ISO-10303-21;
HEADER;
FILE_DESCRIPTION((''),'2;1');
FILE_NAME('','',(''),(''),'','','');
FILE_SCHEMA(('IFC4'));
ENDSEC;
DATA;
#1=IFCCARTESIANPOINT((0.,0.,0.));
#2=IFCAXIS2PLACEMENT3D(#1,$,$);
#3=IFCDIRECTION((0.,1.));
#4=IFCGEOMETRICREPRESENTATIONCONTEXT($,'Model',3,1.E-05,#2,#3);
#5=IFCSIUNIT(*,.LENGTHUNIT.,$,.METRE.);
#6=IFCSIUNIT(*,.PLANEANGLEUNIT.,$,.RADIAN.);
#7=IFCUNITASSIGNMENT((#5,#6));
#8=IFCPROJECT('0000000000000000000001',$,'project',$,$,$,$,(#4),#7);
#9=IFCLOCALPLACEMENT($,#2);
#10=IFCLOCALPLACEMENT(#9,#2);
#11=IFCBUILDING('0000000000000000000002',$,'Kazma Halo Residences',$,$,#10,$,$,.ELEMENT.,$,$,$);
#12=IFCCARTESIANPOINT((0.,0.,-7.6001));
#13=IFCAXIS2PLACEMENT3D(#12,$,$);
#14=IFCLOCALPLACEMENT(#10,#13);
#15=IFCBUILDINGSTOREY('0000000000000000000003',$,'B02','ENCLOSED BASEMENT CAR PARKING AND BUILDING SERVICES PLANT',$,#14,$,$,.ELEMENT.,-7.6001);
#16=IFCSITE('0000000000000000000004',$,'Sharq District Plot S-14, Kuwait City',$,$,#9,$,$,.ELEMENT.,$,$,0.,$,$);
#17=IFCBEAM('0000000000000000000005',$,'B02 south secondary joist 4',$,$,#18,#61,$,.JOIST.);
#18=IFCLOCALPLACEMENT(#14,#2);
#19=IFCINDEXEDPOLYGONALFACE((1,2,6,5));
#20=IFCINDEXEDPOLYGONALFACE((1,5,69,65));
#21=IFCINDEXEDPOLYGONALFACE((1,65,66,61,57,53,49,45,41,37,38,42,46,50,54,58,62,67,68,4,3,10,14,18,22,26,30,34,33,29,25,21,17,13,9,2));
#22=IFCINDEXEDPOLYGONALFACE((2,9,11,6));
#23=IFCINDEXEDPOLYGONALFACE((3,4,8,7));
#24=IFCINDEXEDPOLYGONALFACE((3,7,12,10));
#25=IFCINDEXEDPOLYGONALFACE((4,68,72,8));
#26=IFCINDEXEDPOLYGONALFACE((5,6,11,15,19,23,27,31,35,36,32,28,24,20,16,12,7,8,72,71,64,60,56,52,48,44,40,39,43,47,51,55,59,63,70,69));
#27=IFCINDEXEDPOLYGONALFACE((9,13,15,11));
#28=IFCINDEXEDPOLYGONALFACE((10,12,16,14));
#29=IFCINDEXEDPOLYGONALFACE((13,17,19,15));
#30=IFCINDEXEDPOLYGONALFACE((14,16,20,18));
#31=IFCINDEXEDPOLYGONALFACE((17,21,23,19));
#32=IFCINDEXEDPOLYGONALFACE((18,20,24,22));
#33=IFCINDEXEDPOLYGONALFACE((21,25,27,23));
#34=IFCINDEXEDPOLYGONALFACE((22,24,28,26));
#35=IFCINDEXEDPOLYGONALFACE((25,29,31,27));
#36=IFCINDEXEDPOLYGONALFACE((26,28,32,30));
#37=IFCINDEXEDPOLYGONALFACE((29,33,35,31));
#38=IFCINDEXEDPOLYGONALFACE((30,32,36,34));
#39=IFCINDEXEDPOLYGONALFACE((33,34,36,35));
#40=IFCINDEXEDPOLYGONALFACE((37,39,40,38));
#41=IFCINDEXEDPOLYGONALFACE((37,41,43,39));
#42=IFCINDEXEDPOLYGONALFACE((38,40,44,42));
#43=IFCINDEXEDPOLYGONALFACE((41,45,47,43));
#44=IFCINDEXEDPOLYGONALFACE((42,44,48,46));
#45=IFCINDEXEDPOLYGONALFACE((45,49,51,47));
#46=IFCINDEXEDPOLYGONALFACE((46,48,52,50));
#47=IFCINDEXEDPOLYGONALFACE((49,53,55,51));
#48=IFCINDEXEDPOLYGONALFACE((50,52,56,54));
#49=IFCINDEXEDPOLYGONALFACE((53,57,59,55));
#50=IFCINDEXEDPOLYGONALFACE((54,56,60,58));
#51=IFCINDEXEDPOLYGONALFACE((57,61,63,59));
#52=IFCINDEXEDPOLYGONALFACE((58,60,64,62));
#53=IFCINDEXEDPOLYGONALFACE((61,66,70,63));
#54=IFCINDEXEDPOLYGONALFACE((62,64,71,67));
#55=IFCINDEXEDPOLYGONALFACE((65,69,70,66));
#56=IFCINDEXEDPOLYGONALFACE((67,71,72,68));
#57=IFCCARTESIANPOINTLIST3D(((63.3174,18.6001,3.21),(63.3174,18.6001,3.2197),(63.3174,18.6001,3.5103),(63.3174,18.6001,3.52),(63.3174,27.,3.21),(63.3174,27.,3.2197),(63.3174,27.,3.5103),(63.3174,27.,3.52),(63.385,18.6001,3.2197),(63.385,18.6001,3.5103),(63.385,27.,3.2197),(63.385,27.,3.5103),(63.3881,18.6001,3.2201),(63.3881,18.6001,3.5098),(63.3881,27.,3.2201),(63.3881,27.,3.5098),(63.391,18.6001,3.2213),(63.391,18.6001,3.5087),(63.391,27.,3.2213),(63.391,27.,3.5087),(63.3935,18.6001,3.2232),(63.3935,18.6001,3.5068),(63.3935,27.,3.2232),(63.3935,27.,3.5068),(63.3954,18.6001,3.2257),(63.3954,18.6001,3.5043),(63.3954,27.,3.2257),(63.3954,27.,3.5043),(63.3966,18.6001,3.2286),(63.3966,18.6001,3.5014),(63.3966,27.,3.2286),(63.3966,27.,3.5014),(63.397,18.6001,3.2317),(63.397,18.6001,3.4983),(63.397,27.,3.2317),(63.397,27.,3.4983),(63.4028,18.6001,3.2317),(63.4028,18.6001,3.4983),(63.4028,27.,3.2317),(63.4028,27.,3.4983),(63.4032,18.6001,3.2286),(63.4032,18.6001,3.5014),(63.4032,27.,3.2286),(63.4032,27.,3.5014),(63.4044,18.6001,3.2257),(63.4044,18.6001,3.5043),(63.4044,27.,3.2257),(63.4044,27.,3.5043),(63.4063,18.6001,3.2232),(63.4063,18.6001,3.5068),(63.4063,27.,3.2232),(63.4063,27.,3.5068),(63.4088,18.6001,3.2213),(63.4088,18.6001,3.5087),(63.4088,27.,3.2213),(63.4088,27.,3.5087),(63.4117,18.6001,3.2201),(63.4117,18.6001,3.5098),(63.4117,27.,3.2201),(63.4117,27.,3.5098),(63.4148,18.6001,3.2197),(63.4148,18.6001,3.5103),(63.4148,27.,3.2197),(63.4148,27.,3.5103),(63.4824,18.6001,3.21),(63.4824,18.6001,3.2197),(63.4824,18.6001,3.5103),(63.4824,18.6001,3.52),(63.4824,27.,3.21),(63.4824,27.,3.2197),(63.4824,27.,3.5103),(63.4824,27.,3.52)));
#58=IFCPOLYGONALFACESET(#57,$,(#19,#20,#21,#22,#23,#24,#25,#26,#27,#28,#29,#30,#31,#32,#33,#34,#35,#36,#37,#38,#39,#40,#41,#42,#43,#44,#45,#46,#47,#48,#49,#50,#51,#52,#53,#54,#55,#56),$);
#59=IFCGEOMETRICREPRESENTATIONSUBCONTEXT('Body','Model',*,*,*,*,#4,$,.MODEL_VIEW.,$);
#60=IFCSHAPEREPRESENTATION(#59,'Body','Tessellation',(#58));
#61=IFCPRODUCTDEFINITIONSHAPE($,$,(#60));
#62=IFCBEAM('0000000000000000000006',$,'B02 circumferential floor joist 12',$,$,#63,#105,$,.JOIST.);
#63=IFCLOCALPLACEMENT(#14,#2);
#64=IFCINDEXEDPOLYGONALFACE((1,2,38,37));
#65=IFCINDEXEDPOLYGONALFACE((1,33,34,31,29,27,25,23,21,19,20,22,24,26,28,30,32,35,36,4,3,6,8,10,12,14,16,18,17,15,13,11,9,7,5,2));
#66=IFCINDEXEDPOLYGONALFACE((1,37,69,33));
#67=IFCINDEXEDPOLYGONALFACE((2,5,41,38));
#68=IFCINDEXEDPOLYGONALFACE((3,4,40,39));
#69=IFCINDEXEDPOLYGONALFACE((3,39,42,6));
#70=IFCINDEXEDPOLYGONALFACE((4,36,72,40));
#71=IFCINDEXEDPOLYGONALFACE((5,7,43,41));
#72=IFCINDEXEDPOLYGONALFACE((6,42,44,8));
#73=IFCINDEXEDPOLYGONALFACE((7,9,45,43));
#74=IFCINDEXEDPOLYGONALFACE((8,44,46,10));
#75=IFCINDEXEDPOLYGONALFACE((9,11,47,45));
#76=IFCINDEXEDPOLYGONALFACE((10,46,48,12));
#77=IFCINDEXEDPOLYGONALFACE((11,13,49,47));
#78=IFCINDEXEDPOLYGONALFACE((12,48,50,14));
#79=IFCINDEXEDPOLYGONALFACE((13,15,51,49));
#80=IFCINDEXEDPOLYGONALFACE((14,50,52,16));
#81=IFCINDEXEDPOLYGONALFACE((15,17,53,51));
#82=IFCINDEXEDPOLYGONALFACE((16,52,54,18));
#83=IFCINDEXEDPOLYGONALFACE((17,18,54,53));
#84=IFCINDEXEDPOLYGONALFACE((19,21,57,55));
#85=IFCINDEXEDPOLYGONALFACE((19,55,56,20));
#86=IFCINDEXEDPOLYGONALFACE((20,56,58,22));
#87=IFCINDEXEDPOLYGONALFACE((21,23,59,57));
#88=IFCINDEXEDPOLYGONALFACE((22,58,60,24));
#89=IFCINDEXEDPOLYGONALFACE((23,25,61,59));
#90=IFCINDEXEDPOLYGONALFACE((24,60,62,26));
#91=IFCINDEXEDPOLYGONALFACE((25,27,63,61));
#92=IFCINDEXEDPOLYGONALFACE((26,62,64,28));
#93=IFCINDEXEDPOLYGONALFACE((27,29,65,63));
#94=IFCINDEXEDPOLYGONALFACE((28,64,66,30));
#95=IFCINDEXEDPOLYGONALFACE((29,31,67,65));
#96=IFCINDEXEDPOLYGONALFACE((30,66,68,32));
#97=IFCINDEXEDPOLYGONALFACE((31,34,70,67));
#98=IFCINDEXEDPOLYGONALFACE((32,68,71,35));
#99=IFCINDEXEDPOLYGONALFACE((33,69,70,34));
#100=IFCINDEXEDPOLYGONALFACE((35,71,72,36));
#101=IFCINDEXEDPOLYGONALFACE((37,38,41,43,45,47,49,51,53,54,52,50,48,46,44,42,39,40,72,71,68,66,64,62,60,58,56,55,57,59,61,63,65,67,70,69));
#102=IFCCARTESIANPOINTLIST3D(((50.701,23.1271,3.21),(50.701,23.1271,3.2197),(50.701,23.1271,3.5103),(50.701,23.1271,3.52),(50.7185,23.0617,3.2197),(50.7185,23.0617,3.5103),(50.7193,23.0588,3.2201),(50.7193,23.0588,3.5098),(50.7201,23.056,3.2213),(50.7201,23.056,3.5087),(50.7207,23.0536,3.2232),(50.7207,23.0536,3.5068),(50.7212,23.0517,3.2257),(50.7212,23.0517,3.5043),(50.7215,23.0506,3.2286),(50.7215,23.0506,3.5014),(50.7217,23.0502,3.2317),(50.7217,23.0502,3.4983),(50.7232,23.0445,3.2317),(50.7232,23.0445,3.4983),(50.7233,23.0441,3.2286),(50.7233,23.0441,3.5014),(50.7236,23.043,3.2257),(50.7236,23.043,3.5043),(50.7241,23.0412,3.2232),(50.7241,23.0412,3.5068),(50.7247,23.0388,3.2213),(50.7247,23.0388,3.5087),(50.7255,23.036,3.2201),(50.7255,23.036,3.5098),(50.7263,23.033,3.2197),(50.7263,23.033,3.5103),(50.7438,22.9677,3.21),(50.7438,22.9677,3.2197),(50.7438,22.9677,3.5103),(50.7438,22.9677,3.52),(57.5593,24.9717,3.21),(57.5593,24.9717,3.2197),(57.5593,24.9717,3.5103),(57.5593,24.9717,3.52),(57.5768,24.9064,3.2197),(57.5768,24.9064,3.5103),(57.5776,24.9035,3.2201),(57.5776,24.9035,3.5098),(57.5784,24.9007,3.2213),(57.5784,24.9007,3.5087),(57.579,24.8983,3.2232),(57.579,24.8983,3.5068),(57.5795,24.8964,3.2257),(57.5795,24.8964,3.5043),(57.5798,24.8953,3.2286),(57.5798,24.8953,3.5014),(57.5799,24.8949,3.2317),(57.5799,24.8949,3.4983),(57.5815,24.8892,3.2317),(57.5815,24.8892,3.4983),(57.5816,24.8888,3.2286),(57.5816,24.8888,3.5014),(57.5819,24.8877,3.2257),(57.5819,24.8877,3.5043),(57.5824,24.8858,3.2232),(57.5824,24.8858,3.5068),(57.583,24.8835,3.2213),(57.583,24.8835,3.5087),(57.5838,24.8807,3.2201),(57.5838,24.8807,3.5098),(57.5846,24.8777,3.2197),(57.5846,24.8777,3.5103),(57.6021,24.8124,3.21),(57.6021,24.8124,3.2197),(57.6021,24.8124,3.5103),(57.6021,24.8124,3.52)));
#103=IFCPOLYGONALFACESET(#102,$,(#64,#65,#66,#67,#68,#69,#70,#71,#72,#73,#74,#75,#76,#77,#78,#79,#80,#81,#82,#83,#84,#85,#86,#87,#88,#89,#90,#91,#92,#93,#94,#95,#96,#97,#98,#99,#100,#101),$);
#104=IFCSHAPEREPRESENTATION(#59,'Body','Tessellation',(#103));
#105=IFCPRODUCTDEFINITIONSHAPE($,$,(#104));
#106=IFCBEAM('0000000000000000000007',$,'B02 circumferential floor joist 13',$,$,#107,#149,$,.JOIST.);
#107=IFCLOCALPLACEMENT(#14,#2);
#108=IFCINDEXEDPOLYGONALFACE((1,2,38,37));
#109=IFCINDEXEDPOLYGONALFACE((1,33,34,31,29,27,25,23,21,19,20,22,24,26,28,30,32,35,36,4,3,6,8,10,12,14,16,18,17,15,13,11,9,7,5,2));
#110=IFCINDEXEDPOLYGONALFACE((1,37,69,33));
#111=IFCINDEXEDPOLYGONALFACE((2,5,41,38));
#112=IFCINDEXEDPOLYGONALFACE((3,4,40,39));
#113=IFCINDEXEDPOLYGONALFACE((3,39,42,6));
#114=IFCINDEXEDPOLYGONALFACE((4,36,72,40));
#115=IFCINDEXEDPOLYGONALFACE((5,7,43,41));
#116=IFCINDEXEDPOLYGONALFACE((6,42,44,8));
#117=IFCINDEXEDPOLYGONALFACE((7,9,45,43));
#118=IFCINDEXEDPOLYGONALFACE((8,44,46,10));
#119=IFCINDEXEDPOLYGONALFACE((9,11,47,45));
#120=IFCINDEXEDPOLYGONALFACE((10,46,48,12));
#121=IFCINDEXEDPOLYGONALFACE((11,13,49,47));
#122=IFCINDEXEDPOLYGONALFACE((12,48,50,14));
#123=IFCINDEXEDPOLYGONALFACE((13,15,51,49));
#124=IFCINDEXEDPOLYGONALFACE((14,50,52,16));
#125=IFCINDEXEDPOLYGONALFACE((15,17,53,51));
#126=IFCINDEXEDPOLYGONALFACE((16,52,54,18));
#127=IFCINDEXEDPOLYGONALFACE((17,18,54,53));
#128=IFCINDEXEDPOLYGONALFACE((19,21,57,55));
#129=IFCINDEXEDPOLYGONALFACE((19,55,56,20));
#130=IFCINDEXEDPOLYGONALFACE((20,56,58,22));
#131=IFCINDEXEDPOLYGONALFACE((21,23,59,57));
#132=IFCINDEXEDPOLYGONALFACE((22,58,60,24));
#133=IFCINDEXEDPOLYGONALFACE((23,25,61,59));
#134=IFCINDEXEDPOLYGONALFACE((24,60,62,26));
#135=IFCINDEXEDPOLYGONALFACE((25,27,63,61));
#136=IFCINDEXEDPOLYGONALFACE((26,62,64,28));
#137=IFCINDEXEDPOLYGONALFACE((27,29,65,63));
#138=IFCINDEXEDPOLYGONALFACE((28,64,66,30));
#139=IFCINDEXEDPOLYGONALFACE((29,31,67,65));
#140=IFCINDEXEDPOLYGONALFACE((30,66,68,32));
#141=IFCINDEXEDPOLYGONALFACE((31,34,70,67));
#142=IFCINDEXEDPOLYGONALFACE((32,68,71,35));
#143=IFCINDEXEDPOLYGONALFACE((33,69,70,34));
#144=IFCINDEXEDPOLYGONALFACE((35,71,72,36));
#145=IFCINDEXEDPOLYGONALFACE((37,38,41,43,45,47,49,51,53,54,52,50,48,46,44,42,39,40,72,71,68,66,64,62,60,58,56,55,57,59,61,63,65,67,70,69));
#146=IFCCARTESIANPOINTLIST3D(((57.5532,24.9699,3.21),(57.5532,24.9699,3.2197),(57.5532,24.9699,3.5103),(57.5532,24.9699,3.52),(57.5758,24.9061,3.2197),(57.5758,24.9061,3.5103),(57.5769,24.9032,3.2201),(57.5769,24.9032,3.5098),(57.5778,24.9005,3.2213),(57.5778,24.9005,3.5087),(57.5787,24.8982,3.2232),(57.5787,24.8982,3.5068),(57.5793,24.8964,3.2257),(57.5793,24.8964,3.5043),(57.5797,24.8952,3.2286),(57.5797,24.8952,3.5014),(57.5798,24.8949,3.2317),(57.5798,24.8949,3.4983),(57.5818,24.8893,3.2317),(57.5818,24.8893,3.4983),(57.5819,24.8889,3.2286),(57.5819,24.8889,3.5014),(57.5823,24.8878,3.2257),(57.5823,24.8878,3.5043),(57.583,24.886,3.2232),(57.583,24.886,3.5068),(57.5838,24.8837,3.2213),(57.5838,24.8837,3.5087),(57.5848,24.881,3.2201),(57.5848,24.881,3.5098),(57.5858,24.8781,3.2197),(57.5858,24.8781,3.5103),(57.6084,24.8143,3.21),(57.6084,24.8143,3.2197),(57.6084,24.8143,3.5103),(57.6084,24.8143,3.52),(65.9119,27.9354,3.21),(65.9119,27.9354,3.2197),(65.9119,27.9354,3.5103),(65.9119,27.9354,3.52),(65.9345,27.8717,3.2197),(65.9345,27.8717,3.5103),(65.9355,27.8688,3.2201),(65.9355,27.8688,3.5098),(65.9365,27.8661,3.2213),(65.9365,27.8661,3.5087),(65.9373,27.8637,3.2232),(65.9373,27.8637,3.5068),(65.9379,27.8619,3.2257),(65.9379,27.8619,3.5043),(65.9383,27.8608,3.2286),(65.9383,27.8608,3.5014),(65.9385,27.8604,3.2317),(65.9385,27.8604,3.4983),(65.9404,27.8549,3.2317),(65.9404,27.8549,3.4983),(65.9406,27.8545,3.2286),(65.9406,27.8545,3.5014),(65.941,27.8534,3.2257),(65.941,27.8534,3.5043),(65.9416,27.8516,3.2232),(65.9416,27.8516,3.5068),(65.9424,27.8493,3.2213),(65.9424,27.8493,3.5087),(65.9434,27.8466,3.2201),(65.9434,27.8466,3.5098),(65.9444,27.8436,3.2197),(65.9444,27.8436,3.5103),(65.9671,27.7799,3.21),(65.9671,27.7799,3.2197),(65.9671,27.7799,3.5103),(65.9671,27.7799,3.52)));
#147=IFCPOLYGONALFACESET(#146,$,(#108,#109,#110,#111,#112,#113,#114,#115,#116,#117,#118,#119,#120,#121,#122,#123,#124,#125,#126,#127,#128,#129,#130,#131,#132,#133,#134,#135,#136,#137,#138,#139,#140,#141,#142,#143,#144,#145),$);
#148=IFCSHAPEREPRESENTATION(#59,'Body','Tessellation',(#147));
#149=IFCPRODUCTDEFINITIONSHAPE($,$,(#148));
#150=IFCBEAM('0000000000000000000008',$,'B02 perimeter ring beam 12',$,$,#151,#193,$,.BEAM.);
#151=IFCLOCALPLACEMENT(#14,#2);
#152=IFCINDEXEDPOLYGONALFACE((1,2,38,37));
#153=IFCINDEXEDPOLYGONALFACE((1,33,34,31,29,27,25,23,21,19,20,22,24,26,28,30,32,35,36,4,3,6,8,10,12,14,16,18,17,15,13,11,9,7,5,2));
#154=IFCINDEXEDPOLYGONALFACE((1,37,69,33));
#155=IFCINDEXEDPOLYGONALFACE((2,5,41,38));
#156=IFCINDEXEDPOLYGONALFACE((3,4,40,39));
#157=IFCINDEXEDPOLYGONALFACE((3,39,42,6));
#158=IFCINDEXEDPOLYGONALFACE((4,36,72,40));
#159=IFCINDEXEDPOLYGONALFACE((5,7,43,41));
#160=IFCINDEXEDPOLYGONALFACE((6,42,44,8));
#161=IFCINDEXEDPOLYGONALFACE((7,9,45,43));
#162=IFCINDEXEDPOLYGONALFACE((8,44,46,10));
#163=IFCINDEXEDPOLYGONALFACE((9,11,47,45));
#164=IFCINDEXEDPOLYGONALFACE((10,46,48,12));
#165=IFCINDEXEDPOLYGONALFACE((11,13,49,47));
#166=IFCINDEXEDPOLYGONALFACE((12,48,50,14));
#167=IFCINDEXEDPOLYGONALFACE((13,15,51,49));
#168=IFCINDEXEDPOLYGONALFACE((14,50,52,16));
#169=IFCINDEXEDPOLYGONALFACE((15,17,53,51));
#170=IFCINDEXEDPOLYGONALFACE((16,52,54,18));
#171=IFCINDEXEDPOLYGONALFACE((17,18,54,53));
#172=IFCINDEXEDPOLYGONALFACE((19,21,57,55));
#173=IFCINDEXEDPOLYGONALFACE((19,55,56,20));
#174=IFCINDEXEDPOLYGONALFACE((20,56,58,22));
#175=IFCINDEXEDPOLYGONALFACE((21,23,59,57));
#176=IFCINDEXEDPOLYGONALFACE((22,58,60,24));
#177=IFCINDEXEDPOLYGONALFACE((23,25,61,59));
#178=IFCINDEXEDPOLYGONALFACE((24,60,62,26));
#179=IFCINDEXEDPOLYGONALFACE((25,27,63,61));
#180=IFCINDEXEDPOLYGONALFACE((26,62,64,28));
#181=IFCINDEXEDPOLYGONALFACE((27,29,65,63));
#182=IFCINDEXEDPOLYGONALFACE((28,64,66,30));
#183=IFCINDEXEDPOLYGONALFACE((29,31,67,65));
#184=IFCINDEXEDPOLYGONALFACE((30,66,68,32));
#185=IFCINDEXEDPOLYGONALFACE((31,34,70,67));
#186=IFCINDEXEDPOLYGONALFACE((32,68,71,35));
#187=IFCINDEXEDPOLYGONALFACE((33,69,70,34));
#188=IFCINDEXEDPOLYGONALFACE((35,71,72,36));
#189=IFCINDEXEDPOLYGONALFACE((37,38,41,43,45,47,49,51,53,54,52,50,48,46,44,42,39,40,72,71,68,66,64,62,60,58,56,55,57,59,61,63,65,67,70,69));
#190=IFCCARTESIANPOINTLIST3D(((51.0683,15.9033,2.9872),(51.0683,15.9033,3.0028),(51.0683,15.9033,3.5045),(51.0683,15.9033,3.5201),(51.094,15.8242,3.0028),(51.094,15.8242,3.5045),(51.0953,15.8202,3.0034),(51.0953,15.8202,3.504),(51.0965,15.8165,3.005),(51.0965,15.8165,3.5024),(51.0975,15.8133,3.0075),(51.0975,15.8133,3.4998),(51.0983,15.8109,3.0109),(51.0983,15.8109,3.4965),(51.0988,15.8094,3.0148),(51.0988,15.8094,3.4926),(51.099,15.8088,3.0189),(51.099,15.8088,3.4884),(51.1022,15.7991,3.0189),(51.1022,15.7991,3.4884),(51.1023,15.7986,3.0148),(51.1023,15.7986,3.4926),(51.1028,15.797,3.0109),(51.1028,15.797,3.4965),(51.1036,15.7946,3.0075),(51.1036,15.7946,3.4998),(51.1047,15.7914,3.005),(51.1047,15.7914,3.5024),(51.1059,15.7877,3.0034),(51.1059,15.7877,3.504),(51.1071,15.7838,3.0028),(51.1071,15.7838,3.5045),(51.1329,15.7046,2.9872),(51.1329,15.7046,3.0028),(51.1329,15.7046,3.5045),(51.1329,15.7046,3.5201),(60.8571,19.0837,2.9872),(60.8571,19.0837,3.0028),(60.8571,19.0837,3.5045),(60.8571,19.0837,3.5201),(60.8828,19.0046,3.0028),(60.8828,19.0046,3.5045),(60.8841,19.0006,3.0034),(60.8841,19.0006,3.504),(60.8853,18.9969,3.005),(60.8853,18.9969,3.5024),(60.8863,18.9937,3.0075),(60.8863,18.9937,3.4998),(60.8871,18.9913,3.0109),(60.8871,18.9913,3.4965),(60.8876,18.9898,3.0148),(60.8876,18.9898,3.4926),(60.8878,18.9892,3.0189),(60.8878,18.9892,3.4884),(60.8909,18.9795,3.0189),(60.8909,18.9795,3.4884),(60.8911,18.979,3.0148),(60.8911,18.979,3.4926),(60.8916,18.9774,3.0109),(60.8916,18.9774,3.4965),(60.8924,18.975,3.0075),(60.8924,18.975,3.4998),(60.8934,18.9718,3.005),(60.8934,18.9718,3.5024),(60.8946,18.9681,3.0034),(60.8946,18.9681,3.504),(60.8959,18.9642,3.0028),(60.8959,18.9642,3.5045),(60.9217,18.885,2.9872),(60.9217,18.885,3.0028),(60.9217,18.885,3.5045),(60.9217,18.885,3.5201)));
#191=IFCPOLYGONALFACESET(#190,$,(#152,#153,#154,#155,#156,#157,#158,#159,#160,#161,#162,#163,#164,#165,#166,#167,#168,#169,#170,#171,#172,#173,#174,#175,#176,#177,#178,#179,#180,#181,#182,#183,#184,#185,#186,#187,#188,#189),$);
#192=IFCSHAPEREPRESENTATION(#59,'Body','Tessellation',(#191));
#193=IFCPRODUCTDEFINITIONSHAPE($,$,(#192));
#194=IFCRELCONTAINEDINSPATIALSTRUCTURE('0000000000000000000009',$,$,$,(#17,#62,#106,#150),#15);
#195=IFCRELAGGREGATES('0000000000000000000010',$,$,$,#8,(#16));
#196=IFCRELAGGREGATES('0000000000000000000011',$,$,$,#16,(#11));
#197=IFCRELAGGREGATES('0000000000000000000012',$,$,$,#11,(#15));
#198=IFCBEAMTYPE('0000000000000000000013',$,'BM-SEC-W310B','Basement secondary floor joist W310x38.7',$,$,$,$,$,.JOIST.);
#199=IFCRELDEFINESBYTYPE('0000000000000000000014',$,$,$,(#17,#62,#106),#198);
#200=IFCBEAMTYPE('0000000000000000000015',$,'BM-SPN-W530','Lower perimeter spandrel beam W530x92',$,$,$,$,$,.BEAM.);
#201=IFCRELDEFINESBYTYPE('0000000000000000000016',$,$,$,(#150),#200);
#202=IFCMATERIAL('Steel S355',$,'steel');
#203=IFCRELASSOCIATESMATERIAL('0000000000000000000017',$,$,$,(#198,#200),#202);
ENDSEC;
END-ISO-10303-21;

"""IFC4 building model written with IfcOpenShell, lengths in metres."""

from ifc_helpers import new_model, si_unit, direction, frame, origin, origin_2d, place, context, subcontext, project, spatial, i_section, extrude, material, material_profile, profile_set, type_object, element, save


model = new_model("IFC4")

# Units and contexts
model_context = context("Model", 3, precision=1e-05, world=origin(), true_north=direction((0.0, 1.0)))
body_context = subcontext(model_context, "Body", "Model", "MODEL_VIEW")
ifc_project = project(units=[si_unit("LENGTHUNIT", "METRE"), si_unit("PLANEANGLEUNIT", "RADIAN")], contexts=[model_context])

# Site, building, storey
site_placement = place(None, origin())
site = spatial("IfcSite", under=ifc_project, at=site_placement, Name="Sharq District Plot S-14, Kuwait City", CompositionType="ELEMENT", RefElevation=0.0)
building_placement = place(site_placement, origin())
building = spatial("IfcBuilding", under=site, at=building_placement, Name="Kazma Halo Residences", CompositionType="ELEMENT")
storey_placement = place(building_placement, frame((0.0, 0.0, -7.6001)))
storey = spatial("IfcBuildingStorey", under=building, at=storey_placement, Name="B02", Description="ENCLOSED BASEMENT CAR PARKING AND BUILDING SERVICES PLANT", CompositionType="ELEMENT", Elevation=-7.6001)

# Beams
ifc_material_1 = material(Name="Steel S355", Category="steel")
ifc_material_profile_1 = material_profile(ifc_material_1, i_section(OverallWidth=0.165, OverallDepth=0.3101, WebThickness=0.0059, FlangeThickness=0.0098, FilletRadius=0.012, at=origin_2d()), Name="W310x38.7")
ifc_profile_set_1 = profile_set([ifc_material_profile_1], Name="Steel S355")
beam_type_1 = type_object("IfcBeamType", Name="BM-SEC-W310B", Description="Basement secondary floor joist W310x38.7", PredefinedType="JOIST", material=ifc_profile_set_1)
beam_1_placement = place(storey_placement, frame((63.3999, 18.6001, 3.365), z_axis=(0.0, 1.0, 0.0), x_axis=(-1.0, 0.0, 0.0)))
element("IfcBeam", 1, at=beam_1_placement, inside=storey, type_object=beam_type_1, Name="B02 south secondary joist 4", PredefinedType="JOIST", context=body_context, shape_type="SweptSolid", body=[
    extrude(i_section(OverallWidth=0.165, OverallDepth=0.3101, WebThickness=0.0059, FlangeThickness=0.0098, FilletRadius=0.012, at=origin_2d()), origin(), (0.0, 0.0, 1.0), 8.3999),
])
beam_2_placement = place(storey_placement, frame((50.7224, 23.0474, 3.365), z_axis=(0.965678, 0.259742, 0.0), x_axis=(-0.259742, 0.965678, 0.0)))
element("IfcBeam", 2, at=beam_2_placement, inside=storey, type_object=beam_type_1, Name="B02 circumferential floor joist 12", PredefinedType="JOIST", context=body_context, shape_type="SweptSolid", body=[
    extrude(i_section(OverallWidth=0.165, OverallDepth=0.3101, WebThickness=0.0059, FlangeThickness=0.0098, FilletRadius=0.012, at=origin_2d()), origin(), (0.0, 0.0, 1.0), 7.1021),
])
beam_3_placement = place(storey_placement, frame((57.5808, 24.8921, 3.365), z_axis=(0.942442, 0.33437, 0.0), x_axis=(-0.33437, 0.942442, 0.0)))
element("IfcBeam", 3, at=beam_3_placement, inside=storey, type_object=beam_type_1, Name="B02 circumferential floor joist 13", PredefinedType="JOIST", context=body_context, shape_type="SweptSolid", body=[
    extrude(i_section(OverallWidth=0.165, OverallDepth=0.3101, WebThickness=0.0059, FlangeThickness=0.0098, FilletRadius=0.012, at=origin_2d()), origin(), (0.0, 0.0, 1.0), 8.8691),
])
ifc_material_profile_2 = material_profile(ifc_material_1, i_section(OverallWidth=0.209, OverallDepth=0.533, WebThickness=0.0103, FlangeThickness=0.0156, FilletRadius=0.0161, at=origin_2d()), Name="W530x92")
ifc_profile_set_2 = profile_set([ifc_material_profile_2], Name="Steel S355")
beam_type_2 = type_object("IfcBeamType", Name="BM-SPN-W530", Description="Lower perimeter spandrel beam W530x92", PredefinedType="BEAM", material=ifc_profile_set_2)
beam_4_placement = place(storey_placement, frame((51.1006, 15.804, 3.2537), z_axis=(0.951061, 0.309003, 0.0), x_axis=(-0.309003, 0.951061, 0.0)))
element("IfcBeam", 4, at=beam_4_placement, inside=storey, type_object=beam_type_2, Name="B02 perimeter ring beam 12", PredefinedType="BEAM", context=body_context, shape_type="SweptSolid", body=[
    extrude(i_section(OverallWidth=0.209, OverallDepth=0.533, WebThickness=0.0103, FlangeThickness=0.0156, FilletRadius=0.0161, at=origin_2d()), origin(), (0.0, 0.0, 1.0), 10.2925),
])

save(model, "model.ifc")
